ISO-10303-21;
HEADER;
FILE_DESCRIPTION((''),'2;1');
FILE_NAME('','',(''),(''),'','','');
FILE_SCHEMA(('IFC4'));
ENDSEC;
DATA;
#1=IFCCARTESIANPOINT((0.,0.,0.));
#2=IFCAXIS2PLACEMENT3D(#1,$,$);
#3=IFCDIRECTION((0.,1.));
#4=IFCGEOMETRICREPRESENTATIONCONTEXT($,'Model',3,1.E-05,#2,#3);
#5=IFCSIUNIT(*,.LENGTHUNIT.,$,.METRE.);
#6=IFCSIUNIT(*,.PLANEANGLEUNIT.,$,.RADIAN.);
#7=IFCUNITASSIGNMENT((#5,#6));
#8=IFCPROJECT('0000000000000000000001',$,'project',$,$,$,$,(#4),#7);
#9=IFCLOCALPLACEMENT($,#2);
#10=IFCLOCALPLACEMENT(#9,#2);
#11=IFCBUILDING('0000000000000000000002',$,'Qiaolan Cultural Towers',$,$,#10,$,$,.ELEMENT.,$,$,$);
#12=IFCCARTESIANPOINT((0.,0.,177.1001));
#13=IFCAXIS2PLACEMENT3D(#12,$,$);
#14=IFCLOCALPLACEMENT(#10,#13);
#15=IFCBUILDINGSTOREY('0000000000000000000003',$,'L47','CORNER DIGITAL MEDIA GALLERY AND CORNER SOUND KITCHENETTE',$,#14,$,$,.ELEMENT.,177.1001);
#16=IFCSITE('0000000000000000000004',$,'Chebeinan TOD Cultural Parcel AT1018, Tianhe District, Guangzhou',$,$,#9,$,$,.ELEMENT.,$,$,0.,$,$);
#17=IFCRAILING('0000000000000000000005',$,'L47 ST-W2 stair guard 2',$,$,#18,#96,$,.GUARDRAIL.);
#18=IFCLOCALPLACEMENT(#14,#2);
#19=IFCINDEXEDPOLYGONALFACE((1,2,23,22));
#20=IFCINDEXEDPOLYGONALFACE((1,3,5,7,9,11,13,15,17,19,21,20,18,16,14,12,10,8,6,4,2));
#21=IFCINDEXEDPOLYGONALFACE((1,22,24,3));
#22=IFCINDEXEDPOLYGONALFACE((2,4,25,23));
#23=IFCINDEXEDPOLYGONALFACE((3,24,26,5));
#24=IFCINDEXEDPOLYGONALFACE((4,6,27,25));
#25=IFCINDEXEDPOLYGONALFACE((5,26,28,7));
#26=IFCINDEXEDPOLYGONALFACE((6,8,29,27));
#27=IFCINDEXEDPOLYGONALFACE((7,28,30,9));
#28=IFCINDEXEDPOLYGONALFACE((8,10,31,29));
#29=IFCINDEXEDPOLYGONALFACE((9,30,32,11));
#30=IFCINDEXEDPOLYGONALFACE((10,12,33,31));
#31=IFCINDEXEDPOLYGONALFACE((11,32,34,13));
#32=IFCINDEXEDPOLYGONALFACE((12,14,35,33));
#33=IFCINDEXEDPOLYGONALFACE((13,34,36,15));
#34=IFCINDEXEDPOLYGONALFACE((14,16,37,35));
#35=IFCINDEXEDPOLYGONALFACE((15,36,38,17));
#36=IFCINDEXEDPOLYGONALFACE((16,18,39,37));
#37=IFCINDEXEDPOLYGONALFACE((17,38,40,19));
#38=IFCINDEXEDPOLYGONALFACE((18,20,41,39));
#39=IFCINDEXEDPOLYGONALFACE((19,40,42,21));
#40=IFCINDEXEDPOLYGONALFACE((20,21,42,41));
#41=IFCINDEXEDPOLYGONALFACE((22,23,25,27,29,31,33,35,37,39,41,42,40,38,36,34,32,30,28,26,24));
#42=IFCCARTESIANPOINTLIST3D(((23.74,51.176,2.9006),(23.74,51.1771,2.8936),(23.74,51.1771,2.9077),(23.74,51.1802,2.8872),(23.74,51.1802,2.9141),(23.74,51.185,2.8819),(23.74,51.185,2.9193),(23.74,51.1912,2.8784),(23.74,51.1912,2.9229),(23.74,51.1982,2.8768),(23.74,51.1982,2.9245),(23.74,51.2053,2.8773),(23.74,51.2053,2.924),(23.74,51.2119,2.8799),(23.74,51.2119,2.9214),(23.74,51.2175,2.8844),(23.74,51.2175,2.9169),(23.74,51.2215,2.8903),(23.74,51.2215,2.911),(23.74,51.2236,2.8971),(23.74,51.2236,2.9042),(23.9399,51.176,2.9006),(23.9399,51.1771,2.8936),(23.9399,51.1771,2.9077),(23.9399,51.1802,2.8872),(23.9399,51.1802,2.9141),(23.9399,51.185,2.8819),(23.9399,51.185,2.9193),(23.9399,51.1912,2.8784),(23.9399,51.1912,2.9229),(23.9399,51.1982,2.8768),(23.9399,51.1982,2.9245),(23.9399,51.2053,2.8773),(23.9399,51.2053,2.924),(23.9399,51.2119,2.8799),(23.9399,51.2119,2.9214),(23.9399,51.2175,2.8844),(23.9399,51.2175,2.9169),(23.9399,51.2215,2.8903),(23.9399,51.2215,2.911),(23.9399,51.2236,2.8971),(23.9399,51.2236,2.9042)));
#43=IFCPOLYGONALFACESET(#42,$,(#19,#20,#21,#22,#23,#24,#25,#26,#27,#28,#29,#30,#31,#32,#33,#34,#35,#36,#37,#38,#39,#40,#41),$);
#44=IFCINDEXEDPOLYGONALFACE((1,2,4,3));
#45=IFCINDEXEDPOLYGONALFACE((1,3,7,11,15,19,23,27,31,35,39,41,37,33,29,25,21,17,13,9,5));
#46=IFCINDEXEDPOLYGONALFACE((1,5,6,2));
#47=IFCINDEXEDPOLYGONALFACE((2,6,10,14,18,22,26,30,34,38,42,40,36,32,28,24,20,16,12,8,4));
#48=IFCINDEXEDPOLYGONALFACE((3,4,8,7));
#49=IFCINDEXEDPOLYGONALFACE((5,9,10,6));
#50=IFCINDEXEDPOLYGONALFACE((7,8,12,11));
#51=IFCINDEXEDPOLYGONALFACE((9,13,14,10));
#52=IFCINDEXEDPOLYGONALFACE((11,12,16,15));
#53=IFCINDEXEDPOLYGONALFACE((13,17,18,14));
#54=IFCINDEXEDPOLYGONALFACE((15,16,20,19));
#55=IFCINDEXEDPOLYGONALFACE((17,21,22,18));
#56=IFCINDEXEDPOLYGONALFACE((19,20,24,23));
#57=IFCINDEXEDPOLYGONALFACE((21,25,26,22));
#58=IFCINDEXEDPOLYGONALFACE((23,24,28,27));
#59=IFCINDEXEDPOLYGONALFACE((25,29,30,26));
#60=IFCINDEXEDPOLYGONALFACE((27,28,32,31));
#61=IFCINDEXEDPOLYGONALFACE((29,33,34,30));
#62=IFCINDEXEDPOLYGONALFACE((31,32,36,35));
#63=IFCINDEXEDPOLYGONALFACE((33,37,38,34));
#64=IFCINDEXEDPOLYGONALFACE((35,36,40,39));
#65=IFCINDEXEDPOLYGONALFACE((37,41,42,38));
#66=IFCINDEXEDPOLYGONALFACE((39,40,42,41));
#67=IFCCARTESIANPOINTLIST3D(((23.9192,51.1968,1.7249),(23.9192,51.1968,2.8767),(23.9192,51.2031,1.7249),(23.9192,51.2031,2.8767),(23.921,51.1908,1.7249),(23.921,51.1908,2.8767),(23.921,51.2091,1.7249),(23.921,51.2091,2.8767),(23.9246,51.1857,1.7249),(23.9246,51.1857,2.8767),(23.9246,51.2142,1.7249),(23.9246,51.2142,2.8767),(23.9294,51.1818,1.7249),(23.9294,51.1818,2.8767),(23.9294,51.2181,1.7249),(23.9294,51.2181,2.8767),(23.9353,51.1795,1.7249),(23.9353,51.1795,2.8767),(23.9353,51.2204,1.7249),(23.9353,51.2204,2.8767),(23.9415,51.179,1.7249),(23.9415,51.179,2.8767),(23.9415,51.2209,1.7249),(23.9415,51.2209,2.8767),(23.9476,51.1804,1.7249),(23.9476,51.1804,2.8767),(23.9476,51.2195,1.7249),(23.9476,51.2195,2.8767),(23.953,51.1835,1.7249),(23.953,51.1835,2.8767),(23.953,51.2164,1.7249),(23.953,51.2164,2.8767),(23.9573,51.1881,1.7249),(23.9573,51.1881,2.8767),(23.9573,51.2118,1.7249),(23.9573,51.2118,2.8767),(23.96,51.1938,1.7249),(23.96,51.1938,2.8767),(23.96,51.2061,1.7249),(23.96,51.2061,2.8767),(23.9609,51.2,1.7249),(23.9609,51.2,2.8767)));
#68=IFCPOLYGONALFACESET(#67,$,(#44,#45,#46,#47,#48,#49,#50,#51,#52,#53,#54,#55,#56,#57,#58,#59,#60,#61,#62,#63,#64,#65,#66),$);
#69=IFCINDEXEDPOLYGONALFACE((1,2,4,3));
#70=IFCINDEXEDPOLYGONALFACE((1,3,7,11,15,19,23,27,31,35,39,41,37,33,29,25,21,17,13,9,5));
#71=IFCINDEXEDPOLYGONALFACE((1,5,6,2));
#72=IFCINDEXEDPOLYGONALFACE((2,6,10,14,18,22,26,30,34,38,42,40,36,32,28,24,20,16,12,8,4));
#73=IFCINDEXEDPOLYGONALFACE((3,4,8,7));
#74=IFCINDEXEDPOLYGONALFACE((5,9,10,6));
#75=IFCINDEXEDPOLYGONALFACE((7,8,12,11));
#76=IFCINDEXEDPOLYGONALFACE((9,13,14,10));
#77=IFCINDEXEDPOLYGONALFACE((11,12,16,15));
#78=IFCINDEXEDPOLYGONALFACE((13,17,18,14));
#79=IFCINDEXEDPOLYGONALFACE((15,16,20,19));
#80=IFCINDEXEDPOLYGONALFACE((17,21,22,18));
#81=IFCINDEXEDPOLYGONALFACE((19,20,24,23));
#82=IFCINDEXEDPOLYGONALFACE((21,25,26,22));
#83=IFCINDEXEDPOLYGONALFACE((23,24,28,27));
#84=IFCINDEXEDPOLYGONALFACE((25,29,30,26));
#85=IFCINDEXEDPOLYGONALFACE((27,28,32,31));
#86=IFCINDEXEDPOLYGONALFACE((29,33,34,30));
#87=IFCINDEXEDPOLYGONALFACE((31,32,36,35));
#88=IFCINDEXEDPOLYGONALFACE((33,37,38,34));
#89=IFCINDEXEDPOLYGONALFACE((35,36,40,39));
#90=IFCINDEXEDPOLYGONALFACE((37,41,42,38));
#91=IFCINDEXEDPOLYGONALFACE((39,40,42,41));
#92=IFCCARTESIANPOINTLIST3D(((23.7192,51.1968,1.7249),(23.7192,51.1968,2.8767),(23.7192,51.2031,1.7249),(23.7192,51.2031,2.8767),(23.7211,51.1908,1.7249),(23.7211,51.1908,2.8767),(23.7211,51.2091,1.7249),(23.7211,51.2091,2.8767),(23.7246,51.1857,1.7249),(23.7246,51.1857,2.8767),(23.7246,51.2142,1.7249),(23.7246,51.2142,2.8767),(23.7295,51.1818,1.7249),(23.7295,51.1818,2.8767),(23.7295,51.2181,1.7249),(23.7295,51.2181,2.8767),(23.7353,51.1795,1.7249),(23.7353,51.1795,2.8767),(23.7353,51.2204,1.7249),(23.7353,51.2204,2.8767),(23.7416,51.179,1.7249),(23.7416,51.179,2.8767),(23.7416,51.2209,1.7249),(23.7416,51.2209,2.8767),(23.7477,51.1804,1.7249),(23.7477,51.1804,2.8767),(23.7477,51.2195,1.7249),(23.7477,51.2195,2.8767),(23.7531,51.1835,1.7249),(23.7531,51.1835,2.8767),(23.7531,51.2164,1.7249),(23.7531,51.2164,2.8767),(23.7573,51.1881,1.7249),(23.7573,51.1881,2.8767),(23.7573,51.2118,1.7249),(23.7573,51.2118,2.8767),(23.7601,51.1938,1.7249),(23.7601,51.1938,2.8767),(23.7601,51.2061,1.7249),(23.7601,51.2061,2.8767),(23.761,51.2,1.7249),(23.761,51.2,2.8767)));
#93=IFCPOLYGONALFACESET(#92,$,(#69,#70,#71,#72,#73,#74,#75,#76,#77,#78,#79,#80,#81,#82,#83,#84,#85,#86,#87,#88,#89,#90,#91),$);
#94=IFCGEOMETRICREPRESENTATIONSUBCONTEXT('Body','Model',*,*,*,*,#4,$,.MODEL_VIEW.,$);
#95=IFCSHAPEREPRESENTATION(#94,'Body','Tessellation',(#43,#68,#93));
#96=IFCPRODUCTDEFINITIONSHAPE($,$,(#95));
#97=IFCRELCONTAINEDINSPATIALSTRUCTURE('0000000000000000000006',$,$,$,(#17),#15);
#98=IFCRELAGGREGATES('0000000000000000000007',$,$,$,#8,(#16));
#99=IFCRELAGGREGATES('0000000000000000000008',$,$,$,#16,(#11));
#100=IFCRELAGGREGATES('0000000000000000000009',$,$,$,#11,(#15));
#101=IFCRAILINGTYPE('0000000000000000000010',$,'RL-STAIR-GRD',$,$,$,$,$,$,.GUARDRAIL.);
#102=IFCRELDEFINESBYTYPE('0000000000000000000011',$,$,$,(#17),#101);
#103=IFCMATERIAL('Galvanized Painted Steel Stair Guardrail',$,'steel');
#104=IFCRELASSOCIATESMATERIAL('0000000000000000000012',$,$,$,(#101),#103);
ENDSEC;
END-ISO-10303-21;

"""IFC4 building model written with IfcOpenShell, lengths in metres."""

from ifc_helpers import new_model, si_unit, direction, frame, origin, origin_2d, place, context, subcontext, project, spatial, circle, extrude, material, type_object, element, save


model = new_model("IFC4")

# Units and contexts
model_context = context("Model", 3, precision=1e-05, world=origin(), true_north=direction((0.0, 1.0)))
body_context = subcontext(model_context, "Body", "Model", "MODEL_VIEW")
ifc_project = project(units=[si_unit("LENGTHUNIT", "METRE"), si_unit("PLANEANGLEUNIT", "RADIAN")], contexts=[model_context])

# Site, building, storey
site_placement = place(None, origin())
site = spatial("IfcSite", under=ifc_project, at=site_placement, Name="Chebeinan TOD Cultural Parcel AT1018, Tianhe District, Guangzhou", CompositionType="ELEMENT", RefElevation=0.0)
building_placement = place(site_placement, origin())
building = spatial("IfcBuilding", under=site, at=building_placement, Name="Qiaolan Cultural Towers", CompositionType="ELEMENT")
storey_placement = place(building_placement, frame((0.0, 0.0, 177.1001)))
storey = spatial("IfcBuildingStorey", under=building, at=storey_placement, Name="L47", Description="CORNER DIGITAL MEDIA GALLERY AND CORNER SOUND KITCHENETTE", CompositionType="ELEMENT", Elevation=177.1001)

# Railing
ifc_material_1 = material(Name="Galvanized Painted Steel Stair Guardrail", Category="steel")
railing_type_1 = type_object("IfcRailingType", Name="RL-STAIR-GRD", PredefinedType="GUARDRAIL", material=ifc_material_1)
railing_1_placement = place(storey_placement, frame((23.9399, 51.2, 1.7249)))
element("IfcRailing", 1, at=railing_1_placement, inside=storey, type_object=railing_type_1, Name="L47 ST-W2 stair guard 2", PredefinedType="GUARDRAIL", context=body_context, shape_type="SweptSolid", body=[
    extrude(circle(Radius=0.0239, at=origin_2d()), frame((0.0, 0.0, 1.1758), z_axis=(-1.0, 0.0, 0.0), x_axis=(0.0, -1.0, 0.0)), (0.0, 0.0, 1.0), 0.2),
    extrude(circle(Radius=0.021, at=origin_2d()), origin(), (0.0, 0.0, 1.0), 1.1519),
    extrude(circle(Radius=0.021, at=origin_2d()), frame((-0.2, 0.0, 0.0)), (0.0, 0.0, 1.0), 1.1519),
])

save(model, "model.ifc")
